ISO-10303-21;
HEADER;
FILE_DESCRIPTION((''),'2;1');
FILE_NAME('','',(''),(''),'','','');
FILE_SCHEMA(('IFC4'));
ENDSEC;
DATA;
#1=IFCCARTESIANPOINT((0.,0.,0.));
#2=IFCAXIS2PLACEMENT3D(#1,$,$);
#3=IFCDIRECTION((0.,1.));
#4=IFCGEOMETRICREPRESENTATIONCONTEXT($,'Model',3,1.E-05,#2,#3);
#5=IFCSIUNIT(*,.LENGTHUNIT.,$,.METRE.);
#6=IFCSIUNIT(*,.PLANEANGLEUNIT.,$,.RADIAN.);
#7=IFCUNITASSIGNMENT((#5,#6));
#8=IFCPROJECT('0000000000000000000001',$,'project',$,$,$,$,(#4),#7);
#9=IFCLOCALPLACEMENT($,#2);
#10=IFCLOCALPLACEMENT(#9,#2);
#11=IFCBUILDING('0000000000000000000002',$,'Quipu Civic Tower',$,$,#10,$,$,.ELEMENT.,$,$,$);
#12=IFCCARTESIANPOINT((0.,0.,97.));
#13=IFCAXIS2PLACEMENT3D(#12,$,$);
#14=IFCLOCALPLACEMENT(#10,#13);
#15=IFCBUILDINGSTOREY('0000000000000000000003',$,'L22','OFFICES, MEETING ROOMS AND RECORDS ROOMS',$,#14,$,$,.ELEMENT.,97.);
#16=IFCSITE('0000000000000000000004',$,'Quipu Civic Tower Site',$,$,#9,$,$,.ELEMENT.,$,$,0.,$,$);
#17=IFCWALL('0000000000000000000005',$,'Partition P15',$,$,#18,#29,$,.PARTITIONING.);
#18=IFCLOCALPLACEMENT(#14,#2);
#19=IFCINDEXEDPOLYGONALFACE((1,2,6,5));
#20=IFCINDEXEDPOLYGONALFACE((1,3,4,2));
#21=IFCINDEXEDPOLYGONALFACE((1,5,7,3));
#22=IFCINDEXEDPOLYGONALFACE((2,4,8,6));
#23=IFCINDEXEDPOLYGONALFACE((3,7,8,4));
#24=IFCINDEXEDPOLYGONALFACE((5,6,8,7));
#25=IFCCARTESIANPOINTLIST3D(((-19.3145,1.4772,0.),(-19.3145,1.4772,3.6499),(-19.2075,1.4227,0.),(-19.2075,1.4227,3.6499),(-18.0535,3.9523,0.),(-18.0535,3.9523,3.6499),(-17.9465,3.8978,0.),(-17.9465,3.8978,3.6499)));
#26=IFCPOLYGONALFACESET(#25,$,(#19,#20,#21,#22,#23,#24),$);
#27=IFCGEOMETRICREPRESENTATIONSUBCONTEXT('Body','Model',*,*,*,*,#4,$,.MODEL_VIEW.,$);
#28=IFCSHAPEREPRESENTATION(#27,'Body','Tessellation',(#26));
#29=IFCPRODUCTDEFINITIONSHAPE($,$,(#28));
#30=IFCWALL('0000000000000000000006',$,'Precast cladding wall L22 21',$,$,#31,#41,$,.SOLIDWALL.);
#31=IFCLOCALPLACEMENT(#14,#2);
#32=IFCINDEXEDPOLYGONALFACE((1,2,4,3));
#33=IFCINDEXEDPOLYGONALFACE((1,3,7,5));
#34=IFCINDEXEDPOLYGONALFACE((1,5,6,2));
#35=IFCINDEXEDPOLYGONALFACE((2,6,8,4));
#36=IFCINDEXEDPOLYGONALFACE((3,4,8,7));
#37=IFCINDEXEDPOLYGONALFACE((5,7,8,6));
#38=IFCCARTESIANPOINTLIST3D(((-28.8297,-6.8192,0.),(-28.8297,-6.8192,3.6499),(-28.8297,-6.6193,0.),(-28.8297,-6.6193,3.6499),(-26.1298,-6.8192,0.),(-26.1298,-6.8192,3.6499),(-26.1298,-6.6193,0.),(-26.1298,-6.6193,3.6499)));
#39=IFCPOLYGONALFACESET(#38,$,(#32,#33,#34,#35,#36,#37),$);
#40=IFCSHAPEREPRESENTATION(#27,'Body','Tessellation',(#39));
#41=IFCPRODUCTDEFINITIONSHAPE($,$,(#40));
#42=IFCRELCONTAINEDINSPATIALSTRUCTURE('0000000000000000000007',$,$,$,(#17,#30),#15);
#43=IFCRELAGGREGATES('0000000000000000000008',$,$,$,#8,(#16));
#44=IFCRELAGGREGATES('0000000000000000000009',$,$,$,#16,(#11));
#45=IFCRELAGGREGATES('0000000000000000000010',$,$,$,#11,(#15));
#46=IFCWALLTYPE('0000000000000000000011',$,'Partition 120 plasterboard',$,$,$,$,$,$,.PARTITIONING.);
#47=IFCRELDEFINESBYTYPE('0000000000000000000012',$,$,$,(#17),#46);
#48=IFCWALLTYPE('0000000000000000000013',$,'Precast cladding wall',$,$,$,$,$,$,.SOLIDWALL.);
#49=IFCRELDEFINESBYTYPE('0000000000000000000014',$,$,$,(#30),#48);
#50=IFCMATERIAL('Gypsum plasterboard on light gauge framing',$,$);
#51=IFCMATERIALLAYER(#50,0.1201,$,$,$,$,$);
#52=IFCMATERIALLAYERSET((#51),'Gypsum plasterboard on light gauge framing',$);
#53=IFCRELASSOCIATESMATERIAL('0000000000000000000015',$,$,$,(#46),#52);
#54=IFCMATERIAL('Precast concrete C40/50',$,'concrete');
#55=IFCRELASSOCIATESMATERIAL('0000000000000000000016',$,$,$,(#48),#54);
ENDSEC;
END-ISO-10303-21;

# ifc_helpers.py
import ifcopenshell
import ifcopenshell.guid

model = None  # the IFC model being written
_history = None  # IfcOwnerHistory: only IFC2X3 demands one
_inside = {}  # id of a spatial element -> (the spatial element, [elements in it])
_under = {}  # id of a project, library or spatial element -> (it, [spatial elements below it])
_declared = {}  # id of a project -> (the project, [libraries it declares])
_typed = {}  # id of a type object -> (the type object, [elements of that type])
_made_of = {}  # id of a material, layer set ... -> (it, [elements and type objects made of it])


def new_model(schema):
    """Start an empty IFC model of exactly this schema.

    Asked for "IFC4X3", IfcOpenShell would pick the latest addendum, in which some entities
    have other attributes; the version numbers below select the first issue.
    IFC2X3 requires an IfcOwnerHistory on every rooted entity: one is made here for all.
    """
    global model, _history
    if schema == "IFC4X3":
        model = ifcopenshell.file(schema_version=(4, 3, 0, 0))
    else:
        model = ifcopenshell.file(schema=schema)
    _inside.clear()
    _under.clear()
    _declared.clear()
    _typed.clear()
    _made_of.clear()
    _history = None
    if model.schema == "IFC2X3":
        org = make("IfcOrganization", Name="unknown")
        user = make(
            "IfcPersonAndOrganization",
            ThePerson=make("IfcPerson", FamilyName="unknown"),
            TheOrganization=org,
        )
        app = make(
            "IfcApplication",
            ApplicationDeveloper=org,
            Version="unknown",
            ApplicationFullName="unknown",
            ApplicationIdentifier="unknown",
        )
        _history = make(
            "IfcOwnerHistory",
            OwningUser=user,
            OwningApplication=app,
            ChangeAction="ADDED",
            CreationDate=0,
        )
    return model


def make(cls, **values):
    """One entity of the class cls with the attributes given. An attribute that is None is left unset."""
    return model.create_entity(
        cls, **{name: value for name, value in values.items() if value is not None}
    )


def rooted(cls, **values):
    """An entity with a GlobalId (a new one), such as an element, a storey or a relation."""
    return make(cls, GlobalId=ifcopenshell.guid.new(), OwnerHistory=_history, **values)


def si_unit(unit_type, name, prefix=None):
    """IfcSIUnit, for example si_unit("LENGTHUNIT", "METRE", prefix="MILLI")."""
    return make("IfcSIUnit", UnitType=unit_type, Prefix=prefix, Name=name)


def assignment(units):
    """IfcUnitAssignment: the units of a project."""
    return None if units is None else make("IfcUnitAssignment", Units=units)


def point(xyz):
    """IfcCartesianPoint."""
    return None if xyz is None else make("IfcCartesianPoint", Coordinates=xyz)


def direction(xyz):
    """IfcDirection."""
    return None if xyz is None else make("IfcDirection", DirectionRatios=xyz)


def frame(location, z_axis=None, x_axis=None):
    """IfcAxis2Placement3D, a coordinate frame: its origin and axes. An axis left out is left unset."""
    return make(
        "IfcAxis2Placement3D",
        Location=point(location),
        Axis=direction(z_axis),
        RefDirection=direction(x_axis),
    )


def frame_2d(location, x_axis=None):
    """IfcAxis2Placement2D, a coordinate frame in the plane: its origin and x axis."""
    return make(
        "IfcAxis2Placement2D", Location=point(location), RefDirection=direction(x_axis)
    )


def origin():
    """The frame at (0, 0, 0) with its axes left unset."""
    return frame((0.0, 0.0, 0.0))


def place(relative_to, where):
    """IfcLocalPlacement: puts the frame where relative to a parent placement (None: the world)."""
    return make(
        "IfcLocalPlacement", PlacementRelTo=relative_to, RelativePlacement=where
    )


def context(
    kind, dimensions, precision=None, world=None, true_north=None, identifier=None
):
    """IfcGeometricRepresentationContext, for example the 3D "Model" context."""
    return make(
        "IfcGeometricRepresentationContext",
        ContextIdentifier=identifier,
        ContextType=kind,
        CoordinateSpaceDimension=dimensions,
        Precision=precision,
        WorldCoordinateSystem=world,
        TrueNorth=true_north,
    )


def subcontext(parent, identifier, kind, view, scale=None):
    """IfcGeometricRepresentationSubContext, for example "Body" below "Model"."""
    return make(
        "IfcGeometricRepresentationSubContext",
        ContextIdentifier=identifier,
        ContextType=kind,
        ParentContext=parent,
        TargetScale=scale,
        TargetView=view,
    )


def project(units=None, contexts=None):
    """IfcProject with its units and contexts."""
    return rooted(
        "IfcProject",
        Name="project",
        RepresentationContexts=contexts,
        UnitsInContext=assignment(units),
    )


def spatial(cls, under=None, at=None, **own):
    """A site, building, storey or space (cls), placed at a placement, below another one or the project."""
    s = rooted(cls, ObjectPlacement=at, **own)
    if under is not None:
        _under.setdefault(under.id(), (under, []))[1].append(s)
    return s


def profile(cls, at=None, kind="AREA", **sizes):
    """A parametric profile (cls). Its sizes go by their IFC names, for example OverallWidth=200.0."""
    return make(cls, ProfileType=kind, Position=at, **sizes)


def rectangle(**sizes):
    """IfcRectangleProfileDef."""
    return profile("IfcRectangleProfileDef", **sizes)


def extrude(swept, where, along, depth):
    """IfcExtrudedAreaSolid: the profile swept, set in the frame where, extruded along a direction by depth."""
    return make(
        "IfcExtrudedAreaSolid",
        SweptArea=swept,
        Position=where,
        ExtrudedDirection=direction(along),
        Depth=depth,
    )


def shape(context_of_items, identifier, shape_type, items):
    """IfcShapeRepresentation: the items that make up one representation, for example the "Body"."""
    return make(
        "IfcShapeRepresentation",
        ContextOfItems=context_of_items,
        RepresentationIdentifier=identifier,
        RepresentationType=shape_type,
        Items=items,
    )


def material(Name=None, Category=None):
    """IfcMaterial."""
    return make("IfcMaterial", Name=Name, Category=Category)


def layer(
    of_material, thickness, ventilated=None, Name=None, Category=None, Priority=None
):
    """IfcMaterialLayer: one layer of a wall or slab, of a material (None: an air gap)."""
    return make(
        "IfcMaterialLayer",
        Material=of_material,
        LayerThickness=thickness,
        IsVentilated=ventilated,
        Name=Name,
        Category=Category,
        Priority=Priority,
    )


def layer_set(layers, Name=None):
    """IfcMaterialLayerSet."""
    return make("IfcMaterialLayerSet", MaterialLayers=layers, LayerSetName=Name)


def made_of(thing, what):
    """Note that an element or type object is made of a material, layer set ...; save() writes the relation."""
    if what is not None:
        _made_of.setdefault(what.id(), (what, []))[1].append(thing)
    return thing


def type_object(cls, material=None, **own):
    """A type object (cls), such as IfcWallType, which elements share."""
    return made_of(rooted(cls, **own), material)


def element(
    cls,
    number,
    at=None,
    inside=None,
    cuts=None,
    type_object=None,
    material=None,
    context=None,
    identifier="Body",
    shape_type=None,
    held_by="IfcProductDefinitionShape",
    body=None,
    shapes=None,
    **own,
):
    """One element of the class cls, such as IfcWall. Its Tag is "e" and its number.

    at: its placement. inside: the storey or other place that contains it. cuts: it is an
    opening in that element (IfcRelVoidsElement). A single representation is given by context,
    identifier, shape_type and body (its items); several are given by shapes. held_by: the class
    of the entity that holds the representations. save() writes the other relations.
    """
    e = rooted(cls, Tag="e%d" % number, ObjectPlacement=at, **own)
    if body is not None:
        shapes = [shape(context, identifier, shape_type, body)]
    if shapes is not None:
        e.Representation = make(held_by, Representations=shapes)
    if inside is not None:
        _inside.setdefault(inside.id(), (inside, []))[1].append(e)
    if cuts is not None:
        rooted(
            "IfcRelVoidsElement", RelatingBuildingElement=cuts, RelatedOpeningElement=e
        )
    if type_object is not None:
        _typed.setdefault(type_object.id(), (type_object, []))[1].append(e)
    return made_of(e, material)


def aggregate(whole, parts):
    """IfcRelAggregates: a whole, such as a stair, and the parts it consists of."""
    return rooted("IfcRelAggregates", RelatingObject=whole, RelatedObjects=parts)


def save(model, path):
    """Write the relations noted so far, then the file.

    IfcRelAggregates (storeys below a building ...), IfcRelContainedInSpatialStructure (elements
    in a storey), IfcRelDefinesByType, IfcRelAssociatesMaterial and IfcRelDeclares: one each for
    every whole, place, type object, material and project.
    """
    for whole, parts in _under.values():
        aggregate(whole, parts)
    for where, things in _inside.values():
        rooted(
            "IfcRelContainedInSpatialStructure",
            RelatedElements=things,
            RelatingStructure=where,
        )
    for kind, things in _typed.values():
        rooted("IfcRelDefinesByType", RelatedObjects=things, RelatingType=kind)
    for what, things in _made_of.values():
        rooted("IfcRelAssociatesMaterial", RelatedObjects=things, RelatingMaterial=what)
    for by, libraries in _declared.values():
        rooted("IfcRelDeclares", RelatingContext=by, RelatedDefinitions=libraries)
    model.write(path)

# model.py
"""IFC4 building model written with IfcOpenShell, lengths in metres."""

from ifc_helpers import new_model, si_unit, direction, frame, frame_2d, origin, place, context, subcontext, project, spatial, rectangle, extrude, material, layer, layer_set, type_object, element, save


model = new_model("IFC4")

# Units and contexts
model_context = context("Model", 3, precision=1e-05, world=origin(), true_north=direction((0.0, 1.0)))
body_context = subcontext(model_context, "Body", "Model", "MODEL_VIEW")
ifc_project = project(units=[si_unit("LENGTHUNIT", "METRE"), si_unit("PLANEANGLEUNIT", "RADIAN")], contexts=[model_context])

# Site, building, storey
site_placement = place(None, origin())
site = spatial("IfcSite", under=ifc_project, at=site_placement, Name="Quipu Civic Tower Site", CompositionType="ELEMENT", RefElevation=0.0)
building_placement = place(site_placement, origin())
building = spatial("IfcBuilding", under=site, at=building_placement, Name="Quipu Civic Tower", CompositionType="ELEMENT")
storey_placement = place(building_placement, frame((0.0, 0.0, 97.0)))
storey = spatial("IfcBuildingStorey", under=building, at=storey_placement, Name="L22", Description="OFFICES, MEETING ROOMS AND RECORDS ROOMS", CompositionType="ELEMENT", Elevation=97.0)

# Walls
ifc_material_1 = material(Name="Gypsum plasterboard on light gauge framing")
ifc_layer_1 = layer(ifc_material_1, 0.1201)
ifc_layer_set_1 = layer_set([ifc_layer_1], Name="Gypsum plasterboard on light gauge framing")
wall_type_1 = type_object("IfcWallType", Name="Partition 120 plasterboard", PredefinedType="PARTITIONING", material=ifc_layer_set_1)
wall_1_placement = place(storey_placement, frame((-19.261, 1.45, 0.0), z_axis=(0.0, 0.0, 1.0), x_axis=(0.453951, 0.891027, 0.0)))
element("IfcWall", 1, at=wall_1_placement, inside=storey, type_object=wall_type_1, Name="Partition P15", PredefinedType="PARTITIONING", context=body_context, shape_type="SweptSolid", body=[
    extrude(rectangle(XDim=2.7778, YDim=0.1201, at=frame_2d((1.3889, 0.0))), origin(), (0.0, 0.0, 1.0), 3.6499),
])
ifc_material_2 = material(Name="Precast concrete C40/50", Category="concrete")
wall_type_2 = type_object("IfcWallType", Name="Precast cladding wall", PredefinedType="SOLIDWALL", material=ifc_material_2)
wall_2_placement = place(storey_placement, frame((-28.8298, -6.7192, 0.0), z_axis=(0.0, 0.0, 1.0), x_axis=(1.0, 0.0, 0.0)))
element("IfcWall", 2, at=wall_2_placement, inside=storey, type_object=wall_type_2, Name="Precast cladding wall L22 21", PredefinedType="SOLIDWALL", context=body_context, shape_type="SweptSolid", body=[
    extrude(rectangle(XDim=2.7, YDim=0.2, at=frame_2d((1.3501, 0.0))), origin(), (0.0, 0.0, 1.0), 3.6499),
])

save(model, "model.ifc")
